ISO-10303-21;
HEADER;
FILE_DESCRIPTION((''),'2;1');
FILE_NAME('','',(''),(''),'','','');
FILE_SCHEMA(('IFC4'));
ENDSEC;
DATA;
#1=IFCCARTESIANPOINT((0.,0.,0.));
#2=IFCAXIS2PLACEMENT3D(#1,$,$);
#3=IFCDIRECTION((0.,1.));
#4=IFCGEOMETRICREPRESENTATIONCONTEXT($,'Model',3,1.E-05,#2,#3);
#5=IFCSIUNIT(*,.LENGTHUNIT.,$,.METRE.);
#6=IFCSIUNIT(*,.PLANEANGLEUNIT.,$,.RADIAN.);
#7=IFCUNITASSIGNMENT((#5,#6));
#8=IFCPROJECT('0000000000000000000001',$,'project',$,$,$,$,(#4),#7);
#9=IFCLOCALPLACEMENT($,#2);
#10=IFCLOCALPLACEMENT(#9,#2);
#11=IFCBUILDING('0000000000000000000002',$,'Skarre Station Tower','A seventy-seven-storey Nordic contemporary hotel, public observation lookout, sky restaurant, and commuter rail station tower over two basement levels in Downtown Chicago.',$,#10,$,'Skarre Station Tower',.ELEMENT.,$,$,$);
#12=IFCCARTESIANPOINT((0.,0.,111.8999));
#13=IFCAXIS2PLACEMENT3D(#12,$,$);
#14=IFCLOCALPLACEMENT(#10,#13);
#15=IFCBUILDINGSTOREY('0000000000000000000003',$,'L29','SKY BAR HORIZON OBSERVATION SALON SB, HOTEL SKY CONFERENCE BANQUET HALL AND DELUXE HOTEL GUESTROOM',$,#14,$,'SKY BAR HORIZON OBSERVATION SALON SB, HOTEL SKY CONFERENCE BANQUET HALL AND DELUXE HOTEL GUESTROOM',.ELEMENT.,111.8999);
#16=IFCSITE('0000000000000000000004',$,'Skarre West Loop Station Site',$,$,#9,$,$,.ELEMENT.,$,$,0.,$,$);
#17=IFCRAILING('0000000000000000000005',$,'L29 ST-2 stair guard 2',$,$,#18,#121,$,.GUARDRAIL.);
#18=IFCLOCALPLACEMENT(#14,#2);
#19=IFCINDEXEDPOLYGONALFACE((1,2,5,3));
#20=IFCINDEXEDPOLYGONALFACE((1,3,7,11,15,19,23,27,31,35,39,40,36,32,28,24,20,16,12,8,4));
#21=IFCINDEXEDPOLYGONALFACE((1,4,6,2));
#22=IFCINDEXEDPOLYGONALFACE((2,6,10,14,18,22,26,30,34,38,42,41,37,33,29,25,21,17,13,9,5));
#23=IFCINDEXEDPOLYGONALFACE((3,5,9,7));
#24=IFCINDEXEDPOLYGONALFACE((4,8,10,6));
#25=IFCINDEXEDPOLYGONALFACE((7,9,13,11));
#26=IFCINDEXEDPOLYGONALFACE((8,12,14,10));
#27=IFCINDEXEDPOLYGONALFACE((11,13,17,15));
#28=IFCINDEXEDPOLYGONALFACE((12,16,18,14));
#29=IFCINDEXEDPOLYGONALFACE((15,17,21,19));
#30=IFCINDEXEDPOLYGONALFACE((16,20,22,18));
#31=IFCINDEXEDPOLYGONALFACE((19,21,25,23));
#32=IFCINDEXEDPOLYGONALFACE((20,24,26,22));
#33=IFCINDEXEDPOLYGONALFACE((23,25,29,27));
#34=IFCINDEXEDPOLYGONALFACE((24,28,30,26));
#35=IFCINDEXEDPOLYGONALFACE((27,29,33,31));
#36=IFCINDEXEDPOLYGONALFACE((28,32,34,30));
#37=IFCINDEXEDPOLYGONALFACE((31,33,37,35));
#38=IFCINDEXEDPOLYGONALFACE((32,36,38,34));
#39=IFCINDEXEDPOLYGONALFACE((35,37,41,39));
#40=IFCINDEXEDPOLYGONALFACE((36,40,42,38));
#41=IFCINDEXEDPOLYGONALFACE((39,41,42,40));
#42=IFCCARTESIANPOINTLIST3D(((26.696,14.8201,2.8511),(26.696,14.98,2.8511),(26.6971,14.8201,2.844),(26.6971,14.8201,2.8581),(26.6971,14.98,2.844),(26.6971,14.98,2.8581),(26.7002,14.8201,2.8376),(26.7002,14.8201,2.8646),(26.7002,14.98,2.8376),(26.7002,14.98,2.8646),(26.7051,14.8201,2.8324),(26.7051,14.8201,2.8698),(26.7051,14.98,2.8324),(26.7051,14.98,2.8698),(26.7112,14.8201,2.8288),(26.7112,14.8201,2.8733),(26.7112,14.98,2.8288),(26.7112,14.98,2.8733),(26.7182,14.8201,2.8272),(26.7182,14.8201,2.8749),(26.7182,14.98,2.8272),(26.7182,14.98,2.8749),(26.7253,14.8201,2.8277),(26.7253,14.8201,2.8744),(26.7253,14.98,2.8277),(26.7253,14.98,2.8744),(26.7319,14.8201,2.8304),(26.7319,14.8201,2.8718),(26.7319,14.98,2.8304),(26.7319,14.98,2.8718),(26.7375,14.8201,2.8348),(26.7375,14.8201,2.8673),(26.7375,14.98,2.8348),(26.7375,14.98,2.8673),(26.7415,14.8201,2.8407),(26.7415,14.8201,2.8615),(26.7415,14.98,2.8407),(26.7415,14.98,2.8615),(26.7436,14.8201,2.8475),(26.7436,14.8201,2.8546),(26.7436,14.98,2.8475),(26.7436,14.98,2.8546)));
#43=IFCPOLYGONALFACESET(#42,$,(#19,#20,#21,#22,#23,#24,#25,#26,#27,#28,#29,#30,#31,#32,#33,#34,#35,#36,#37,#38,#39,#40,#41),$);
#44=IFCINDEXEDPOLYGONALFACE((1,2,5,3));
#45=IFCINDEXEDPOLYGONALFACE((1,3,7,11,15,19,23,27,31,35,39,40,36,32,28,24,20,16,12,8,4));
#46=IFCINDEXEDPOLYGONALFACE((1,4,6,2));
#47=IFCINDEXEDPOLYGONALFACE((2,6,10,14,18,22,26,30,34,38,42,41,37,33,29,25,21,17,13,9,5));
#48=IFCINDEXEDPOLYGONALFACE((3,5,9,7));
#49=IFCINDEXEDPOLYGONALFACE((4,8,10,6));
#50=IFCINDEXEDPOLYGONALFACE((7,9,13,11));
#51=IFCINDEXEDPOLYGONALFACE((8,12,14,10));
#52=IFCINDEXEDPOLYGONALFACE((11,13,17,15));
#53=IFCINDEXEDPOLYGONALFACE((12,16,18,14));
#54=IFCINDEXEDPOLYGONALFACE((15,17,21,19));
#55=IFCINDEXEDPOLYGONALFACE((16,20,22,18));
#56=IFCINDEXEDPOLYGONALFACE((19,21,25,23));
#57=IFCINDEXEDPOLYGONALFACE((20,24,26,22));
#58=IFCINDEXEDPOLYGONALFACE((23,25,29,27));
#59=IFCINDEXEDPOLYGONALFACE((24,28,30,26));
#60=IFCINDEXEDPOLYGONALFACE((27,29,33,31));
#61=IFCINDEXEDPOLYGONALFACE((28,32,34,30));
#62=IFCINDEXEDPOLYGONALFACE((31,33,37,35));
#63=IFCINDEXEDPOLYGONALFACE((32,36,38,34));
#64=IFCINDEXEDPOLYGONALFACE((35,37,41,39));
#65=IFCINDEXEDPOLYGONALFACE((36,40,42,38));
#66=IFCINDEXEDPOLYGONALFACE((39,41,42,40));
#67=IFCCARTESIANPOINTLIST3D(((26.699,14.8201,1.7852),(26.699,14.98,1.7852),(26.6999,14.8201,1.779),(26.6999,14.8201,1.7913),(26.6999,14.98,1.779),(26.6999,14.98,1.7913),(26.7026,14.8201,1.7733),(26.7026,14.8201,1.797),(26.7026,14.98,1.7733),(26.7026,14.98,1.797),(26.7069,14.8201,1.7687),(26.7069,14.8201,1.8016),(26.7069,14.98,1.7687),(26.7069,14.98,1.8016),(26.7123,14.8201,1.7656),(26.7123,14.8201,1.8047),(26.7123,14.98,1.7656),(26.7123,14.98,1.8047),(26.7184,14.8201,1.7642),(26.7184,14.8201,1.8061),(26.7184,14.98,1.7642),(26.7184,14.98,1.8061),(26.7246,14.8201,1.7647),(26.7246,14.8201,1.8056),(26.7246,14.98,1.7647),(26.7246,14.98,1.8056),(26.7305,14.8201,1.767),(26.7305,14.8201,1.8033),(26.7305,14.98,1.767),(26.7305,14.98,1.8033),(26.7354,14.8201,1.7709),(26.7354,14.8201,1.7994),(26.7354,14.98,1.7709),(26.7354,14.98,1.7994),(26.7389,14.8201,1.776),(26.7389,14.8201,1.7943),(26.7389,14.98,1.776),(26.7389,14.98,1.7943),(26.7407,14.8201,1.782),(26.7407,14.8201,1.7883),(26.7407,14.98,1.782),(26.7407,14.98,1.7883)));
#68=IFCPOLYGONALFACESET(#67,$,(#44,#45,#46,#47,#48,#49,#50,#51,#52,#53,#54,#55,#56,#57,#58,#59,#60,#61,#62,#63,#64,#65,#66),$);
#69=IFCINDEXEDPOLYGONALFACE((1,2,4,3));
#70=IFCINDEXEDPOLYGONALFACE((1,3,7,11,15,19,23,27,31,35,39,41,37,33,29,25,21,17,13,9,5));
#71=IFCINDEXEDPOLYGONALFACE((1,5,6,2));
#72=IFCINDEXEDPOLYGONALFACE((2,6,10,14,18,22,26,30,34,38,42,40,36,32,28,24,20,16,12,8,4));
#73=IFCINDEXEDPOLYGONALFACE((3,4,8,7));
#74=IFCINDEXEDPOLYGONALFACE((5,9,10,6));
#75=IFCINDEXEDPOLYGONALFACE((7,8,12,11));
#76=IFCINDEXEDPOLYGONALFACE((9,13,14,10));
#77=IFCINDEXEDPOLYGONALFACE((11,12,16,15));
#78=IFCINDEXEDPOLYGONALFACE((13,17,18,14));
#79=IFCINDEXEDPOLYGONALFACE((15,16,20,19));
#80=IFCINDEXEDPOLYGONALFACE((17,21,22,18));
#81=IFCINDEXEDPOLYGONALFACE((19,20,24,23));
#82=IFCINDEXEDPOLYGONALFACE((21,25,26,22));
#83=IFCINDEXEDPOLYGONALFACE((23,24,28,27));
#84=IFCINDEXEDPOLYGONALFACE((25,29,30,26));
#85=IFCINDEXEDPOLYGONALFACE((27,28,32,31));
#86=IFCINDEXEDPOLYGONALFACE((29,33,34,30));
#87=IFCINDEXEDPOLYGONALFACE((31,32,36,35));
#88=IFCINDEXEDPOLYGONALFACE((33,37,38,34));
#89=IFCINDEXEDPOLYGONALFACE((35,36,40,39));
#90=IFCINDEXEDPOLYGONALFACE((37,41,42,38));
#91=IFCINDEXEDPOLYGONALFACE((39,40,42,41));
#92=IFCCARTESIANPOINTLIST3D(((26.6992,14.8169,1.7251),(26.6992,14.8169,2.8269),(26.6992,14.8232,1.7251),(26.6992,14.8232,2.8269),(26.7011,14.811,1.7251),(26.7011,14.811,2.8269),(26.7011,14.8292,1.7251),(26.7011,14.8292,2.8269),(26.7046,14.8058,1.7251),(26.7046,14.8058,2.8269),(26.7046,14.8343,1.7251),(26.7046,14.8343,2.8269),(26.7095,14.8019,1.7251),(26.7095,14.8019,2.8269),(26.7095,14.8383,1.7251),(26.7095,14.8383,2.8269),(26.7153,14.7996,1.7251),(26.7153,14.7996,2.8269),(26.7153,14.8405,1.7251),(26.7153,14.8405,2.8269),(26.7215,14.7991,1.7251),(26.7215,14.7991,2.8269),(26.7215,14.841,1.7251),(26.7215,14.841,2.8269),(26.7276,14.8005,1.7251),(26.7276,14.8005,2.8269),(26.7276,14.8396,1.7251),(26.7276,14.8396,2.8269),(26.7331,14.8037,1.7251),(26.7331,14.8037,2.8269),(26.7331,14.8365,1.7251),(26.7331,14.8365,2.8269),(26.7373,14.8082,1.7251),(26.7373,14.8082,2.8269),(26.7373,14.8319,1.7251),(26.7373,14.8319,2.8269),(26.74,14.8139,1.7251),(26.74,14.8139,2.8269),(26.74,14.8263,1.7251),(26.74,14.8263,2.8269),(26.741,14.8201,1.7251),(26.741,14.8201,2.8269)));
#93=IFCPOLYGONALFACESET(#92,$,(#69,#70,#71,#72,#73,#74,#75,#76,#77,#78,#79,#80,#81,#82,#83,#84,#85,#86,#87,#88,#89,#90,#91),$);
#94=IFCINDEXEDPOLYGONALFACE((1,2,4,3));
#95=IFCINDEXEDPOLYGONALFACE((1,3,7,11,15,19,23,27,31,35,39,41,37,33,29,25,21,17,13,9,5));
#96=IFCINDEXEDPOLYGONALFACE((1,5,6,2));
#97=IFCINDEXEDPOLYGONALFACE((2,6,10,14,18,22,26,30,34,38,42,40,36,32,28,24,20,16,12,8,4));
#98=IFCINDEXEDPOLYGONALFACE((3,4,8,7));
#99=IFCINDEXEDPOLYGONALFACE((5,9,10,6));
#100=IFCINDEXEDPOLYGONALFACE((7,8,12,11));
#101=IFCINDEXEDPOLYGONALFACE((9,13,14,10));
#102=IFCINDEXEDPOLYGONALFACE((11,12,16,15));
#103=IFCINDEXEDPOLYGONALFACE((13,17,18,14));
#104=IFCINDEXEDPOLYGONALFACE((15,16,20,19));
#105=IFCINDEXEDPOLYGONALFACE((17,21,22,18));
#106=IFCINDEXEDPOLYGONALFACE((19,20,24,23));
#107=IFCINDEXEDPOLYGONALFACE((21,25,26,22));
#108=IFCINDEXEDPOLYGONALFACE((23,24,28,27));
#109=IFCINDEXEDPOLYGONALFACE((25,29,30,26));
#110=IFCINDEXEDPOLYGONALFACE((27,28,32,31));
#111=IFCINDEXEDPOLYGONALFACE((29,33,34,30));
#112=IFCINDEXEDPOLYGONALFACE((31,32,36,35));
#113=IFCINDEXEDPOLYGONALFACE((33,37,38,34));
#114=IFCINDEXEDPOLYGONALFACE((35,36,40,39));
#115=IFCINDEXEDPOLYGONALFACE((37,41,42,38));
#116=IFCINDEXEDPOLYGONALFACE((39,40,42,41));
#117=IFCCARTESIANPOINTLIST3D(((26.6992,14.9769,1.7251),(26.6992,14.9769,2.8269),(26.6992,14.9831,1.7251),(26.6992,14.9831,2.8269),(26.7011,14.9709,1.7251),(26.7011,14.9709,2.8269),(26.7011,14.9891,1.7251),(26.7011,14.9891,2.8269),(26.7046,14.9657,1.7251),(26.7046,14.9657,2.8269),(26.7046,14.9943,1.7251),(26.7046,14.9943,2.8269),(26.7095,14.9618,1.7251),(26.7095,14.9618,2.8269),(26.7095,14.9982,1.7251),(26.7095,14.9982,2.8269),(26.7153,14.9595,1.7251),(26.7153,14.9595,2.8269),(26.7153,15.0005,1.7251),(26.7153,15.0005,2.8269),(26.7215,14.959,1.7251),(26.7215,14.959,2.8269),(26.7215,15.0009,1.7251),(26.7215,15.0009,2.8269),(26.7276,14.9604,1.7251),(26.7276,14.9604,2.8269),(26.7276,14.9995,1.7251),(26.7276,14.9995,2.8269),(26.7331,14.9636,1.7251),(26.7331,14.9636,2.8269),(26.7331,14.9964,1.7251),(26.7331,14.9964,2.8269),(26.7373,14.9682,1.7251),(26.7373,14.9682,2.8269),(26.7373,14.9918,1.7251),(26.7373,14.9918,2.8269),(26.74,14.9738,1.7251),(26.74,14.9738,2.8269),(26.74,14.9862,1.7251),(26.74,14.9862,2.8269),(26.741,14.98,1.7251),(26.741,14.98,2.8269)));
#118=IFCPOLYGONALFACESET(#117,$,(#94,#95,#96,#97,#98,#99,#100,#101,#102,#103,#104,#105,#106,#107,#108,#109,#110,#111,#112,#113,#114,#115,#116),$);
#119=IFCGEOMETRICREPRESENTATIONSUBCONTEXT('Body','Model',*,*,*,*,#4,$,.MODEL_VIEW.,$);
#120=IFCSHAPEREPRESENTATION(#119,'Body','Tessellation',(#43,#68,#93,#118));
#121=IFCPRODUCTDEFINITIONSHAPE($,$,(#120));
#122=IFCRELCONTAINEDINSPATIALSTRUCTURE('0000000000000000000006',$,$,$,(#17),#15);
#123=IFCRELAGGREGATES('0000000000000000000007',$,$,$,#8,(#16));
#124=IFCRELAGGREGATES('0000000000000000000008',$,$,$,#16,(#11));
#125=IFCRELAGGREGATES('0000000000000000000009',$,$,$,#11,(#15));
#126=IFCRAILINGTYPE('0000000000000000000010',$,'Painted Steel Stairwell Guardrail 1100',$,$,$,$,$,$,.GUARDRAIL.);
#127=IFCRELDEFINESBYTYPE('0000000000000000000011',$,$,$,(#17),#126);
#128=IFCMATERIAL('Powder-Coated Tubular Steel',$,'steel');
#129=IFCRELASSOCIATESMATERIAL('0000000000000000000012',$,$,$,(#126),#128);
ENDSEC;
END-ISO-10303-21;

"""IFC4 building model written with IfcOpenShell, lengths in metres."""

from ifc_helpers import new_model, si_unit, direction, frame, origin, origin_2d, place, context, subcontext, project, spatial, circle, extrude, material, type_object, element, save


model = new_model("IFC4")

# Units and contexts
model_context = context("Model", 3, precision=1e-05, world=origin(), true_north=direction((0.0, 1.0)))
body_context = subcontext(model_context, "Body", "Model", "MODEL_VIEW")
ifc_project = project(units=[si_unit("LENGTHUNIT", "METRE"), si_unit("PLANEANGLEUNIT", "RADIAN")], contexts=[model_context])

# Site, building, storey
site_placement = place(None, origin())
site = spatial("IfcSite", under=ifc_project, at=site_placement, Name="Skarre West Loop Station Site", CompositionType="ELEMENT", RefElevation=0.0)
building_placement = place(site_placement, origin())
building = spatial("IfcBuilding", under=site, at=building_placement, Name="Skarre Station Tower", Description="A seventy-seven-storey Nordic contemporary hotel, public observation lookout, sky restaurant, and commuter rail station tower over two basement levels in Downtown Chicago.", LongName="Skarre Station Tower", CompositionType="ELEMENT")
storey_placement = place(building_placement, frame((0.0, 0.0, 111.8999)))
storey = spatial("IfcBuildingStorey", under=building, at=storey_placement, Name="L29", Description="SKY BAR HORIZON OBSERVATION SALON SB, HOTEL SKY CONFERENCE BANQUET HALL AND DELUXE HOTEL GUESTROOM", LongName="SKY BAR HORIZON OBSERVATION SALON SB, HOTEL SKY CONFERENCE BANQUET HALL AND DELUXE HOTEL GUESTROOM", CompositionType="ELEMENT", Elevation=111.8999)

# Railing
ifc_material_1 = material(Name="Powder-Coated Tubular Steel", Category="steel")
railing_type_1 = type_object("IfcRailingType", Name="Painted Steel Stairwell Guardrail 1100", PredefinedType="GUARDRAIL", material=ifc_material_1)
railing_1_placement = place(storey_placement, frame((26.72, 14.8201, 1.7251)))
element("IfcRailing", 1, at=railing_1_placement, inside=storey, type_object=railing_type_1, Name="L29 ST-2 stair guard 2", PredefinedType="GUARDRAIL", context=body_context, shape_type="SweptSolid", body=[
    extrude(circle(Radius=0.0239, at=origin_2d()), frame((0.0, 0.0, 1.126), z_axis=(0.0, 1.0, 0.0), x_axis=(-1.0, 0.0, 0.0)), (0.0, 0.0, 1.0), 0.1599),
    extrude(circle(Radius=0.021, at=origin_2d()), frame((0.0, 0.0, 0.0601), z_axis=(0.0, 1.0, 0.0), x_axis=(-1.0, 0.0, 0.0)), (0.0, 0.0, 1.0), 0.1599),
    extrude(circle(Radius=0.021, at=origin_2d()), origin(), (0.0, 0.0, 1.0), 1.1018),
    extrude(circle(Radius=0.021, at=origin_2d()), frame((0.0, 0.1599, 0.0)), (0.0, 0.0, 1.0), 1.1018),
])

save(model, "model.ifc")
